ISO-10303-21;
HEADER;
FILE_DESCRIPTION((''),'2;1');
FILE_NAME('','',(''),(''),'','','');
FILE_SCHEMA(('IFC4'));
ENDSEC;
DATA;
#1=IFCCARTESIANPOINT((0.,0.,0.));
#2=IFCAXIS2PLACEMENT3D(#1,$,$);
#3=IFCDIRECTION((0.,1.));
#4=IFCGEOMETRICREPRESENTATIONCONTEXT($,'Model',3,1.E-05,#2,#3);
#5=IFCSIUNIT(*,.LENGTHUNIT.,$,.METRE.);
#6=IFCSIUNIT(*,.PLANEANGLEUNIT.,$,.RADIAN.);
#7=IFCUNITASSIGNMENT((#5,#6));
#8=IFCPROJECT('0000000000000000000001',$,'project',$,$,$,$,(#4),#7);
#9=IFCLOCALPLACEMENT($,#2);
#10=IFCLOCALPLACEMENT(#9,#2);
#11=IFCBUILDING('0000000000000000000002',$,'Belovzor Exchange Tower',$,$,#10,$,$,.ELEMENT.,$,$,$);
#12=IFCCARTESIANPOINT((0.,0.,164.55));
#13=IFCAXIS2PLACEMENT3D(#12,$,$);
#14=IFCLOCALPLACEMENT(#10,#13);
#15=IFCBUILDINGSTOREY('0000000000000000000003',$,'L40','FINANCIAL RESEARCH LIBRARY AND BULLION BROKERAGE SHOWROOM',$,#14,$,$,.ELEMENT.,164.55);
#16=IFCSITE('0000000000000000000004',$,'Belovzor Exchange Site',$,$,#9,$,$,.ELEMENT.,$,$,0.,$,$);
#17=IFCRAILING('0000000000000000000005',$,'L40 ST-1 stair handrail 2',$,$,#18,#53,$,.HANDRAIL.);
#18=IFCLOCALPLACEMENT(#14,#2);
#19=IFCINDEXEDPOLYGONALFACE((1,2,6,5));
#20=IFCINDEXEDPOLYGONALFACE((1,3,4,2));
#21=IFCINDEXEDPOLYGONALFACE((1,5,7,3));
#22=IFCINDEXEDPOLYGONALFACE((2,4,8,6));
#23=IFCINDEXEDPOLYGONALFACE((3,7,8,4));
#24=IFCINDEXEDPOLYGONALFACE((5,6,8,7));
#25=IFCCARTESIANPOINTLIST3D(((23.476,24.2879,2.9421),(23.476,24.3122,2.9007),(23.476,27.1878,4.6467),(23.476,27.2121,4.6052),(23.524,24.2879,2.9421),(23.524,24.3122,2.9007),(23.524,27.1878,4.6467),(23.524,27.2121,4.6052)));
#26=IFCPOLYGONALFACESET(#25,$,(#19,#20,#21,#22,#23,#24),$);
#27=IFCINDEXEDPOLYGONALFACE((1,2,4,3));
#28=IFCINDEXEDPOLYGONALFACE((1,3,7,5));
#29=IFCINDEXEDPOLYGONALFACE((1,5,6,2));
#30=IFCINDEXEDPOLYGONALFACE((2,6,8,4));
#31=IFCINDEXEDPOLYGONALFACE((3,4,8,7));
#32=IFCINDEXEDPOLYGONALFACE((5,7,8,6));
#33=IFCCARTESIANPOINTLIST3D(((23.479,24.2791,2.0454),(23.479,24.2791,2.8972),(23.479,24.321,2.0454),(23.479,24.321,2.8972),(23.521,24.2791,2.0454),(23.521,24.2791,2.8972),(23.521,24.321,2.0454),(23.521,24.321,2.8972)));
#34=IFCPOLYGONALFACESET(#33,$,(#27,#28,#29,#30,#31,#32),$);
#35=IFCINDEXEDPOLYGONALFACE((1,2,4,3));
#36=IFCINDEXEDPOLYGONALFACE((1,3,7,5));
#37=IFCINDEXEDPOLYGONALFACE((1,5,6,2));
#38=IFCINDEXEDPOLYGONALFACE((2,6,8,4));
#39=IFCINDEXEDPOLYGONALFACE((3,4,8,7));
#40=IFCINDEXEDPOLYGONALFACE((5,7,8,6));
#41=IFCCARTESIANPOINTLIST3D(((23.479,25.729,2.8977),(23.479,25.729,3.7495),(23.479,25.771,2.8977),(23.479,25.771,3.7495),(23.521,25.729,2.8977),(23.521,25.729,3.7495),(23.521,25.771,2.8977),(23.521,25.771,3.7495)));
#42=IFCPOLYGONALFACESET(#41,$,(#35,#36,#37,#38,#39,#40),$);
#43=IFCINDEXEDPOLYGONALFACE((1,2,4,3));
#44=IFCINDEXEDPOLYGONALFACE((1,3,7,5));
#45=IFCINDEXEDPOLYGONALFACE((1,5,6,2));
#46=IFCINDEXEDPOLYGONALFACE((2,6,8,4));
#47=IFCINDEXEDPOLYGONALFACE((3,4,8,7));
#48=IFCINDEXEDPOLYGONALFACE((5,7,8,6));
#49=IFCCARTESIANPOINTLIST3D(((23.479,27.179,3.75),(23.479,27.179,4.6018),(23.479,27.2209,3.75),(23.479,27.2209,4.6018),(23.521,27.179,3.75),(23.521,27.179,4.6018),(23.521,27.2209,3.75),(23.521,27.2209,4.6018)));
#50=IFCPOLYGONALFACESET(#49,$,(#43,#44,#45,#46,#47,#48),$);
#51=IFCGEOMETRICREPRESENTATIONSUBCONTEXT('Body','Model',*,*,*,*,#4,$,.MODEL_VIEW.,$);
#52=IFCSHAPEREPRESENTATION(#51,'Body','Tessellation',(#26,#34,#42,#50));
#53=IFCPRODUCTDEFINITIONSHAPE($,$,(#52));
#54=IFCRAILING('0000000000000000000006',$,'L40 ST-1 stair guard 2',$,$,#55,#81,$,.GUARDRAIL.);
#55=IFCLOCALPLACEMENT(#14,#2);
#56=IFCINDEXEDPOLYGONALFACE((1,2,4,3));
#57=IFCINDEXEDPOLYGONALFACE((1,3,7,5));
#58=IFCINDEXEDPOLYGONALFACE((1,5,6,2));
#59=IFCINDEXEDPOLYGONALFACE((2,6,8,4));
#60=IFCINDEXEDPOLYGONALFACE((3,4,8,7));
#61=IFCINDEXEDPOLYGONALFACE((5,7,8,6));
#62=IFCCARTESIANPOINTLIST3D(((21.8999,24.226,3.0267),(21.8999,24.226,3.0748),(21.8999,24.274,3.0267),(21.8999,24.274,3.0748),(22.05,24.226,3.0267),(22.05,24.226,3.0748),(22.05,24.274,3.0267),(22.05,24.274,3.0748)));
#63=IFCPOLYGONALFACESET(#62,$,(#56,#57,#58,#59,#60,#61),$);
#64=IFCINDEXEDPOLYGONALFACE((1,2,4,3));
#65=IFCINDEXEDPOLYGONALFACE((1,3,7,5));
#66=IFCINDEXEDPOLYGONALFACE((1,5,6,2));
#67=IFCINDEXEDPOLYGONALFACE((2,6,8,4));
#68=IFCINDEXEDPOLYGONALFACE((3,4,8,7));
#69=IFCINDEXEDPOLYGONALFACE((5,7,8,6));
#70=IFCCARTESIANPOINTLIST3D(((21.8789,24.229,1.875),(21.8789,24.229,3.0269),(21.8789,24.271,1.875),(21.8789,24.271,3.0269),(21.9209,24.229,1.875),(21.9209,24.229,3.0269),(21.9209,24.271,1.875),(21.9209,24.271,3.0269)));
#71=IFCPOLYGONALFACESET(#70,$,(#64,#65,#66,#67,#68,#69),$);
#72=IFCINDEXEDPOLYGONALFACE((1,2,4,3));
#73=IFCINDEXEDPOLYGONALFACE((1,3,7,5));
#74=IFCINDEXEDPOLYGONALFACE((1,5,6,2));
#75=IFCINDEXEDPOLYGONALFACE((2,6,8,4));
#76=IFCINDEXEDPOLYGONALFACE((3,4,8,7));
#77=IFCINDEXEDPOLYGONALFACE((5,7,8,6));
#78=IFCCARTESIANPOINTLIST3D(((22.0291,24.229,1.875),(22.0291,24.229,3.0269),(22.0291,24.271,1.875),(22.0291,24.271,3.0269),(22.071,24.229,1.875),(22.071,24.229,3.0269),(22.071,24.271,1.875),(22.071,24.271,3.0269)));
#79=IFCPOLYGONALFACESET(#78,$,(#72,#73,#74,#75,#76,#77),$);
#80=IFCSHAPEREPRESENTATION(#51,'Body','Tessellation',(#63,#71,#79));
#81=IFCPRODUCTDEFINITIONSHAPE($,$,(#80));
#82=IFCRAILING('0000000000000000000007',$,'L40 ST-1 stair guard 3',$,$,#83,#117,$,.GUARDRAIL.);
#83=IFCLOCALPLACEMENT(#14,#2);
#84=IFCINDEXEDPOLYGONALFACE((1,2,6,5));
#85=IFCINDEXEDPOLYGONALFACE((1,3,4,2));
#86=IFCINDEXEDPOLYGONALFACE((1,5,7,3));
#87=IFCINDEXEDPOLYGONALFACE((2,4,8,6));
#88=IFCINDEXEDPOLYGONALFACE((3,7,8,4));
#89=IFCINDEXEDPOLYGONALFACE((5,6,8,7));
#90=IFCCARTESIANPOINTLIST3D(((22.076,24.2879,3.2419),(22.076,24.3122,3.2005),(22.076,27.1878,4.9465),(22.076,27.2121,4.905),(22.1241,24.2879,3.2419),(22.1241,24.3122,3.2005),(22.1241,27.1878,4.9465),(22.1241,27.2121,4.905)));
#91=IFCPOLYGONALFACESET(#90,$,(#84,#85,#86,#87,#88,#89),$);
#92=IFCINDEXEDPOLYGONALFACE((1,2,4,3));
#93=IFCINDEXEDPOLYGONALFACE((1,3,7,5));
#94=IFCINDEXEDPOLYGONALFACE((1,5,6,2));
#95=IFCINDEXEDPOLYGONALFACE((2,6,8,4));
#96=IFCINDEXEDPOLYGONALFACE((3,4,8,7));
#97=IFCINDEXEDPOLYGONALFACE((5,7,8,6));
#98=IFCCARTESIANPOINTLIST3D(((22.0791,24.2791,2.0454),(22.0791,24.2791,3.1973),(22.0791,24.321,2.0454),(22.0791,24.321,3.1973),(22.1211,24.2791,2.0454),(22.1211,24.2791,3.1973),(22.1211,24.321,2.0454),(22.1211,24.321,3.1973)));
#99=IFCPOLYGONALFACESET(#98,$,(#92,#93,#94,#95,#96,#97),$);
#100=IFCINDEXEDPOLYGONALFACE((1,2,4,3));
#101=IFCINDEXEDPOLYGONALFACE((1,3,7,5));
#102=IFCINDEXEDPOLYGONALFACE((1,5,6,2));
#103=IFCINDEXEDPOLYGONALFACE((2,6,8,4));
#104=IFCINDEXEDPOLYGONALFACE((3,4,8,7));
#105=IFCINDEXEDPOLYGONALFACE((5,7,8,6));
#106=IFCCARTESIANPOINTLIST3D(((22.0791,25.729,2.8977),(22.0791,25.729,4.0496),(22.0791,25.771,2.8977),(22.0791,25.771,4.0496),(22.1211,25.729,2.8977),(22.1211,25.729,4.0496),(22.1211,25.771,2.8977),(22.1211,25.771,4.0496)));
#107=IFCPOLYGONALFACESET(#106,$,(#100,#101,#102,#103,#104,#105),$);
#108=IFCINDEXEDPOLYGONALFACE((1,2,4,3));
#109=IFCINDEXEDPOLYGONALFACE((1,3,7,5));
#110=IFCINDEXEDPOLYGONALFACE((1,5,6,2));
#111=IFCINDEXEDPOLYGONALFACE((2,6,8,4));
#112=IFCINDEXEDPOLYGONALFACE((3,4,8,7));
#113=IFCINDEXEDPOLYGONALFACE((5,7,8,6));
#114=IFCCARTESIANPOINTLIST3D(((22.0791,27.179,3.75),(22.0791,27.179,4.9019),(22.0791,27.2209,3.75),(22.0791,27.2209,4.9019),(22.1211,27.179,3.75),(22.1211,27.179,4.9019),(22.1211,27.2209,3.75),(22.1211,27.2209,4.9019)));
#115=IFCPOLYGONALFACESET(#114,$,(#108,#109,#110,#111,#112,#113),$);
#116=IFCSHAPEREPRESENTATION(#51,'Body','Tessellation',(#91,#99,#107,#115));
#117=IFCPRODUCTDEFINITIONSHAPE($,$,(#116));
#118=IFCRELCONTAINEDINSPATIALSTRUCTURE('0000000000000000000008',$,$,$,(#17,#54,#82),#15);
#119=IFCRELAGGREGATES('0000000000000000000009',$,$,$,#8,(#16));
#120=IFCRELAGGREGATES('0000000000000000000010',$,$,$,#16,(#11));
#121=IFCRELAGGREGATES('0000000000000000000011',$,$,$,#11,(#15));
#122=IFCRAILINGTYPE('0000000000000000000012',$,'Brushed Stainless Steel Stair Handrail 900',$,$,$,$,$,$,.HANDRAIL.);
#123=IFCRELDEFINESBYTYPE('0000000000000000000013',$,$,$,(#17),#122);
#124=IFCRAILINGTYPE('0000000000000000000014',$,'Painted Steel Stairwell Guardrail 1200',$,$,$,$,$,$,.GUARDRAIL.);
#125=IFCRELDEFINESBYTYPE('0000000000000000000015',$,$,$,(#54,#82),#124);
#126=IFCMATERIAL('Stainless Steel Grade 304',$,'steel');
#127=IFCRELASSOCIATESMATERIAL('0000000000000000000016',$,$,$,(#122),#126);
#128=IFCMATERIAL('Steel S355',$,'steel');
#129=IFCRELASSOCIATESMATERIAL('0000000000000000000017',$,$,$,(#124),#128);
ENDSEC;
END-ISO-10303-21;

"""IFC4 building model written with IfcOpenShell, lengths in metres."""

from ifc_helpers import new_model, si_unit, direction, frame, origin, origin_2d, place, context, subcontext, project, spatial, rectangle, extrude, material, type_object, element, save


model = new_model("IFC4")

# Units and contexts
model_context = context("Model", 3, precision=1e-05, world=origin(), true_north=direction((0.0, 1.0)))
body_context = subcontext(model_context, "Body", "Model", "MODEL_VIEW")
ifc_project = project(units=[si_unit("LENGTHUNIT", "METRE"), si_unit("PLANEANGLEUNIT", "RADIAN")], contexts=[model_context])

# Site, building, storey
site_placement = place(None, origin())
site = spatial("IfcSite", under=ifc_project, at=site_placement, Name="Belovzor Exchange Site", CompositionType="ELEMENT", RefElevation=0.0)
building_placement = place(site_placement, origin())
building = spatial("IfcBuilding", under=site, at=building_placement, Name="Belovzor Exchange Tower", CompositionType="ELEMENT")
storey_placement = place(building_placement, frame((0.0, 0.0, 164.55)))
storey = spatial("IfcBuildingStorey", under=building, at=storey_placement, Name="L40", Description="FINANCIAL RESEARCH LIBRARY AND BULLION BROKERAGE SHOWROOM", CompositionType="ELEMENT", Elevation=164.55)

# Railings
ifc_material_1 = material(Name="Stainless Steel Grade 304", Category="steel")
railing_type_1 = type_object("IfcRailingType", Name="Brushed Stainless Steel Stair Handrail 900", PredefinedType="HANDRAIL", material=ifc_material_1)
railing_1_placement = place(storey_placement, frame((23.5, 24.3, 2.0454)))
element("IfcRailing", 1, at=railing_1_placement, inside=storey, type_object=railing_type_1, Name="L40 ST-1 stair handrail 2", PredefinedType="HANDRAIL", context=body_context, shape_type="SweptSolid", body=[
    extrude(rectangle(XDim=0.0481, YDim=0.0481, at=origin_2d()), frame((0.0, 0.0, 0.876), z_axis=(0.0, 0.862095, 0.506747), x_axis=(-1.0, 0.0, 0.0)), (0.0, 0.0, 1.0), 3.3638),
    extrude(rectangle(XDim=0.042, YDim=0.042, at=origin_2d()), origin(), (0.0, 0.0, 1.0), 0.8518),
    extrude(rectangle(XDim=0.042, YDim=0.042, at=origin_2d()), frame((0.0, 1.45, 0.8523)), (0.0, 0.0, 1.0), 0.8518),
    extrude(rectangle(XDim=0.042, YDim=0.042, at=origin_2d()), frame((0.0, 2.8999, 1.7046)), (0.0, 0.0, 1.0), 0.8518),
])
ifc_material_2 = material(Name="Steel S355", Category="steel")
railing_type_2 = type_object("IfcRailingType", Name="Painted Steel Stairwell Guardrail 1200", PredefinedType="GUARDRAIL", material=ifc_material_2)
railing_2_placement = place(storey_placement, frame((21.8999, 24.25, 1.875)))
element("IfcRailing", 2, at=railing_2_placement, inside=storey, type_object=railing_type_2, Name="L40 ST-1 stair guard 2", PredefinedType="GUARDRAIL", context=body_context, shape_type="SweptSolid", body=[
    extrude(rectangle(XDim=0.0481, YDim=0.0481, at=origin_2d()), frame((0.0, 0.0, 1.1758), z_axis=(1.0, 0.0, 0.0), x_axis=(0.0, 1.0, 0.0)), (0.0, 0.0, 1.0), 0.1501),
    extrude(rectangle(XDim=0.042, YDim=0.042, at=origin_2d()), origin(), (0.0, 0.0, 1.0), 1.1519),
    extrude(rectangle(XDim=0.042, YDim=0.042, at=origin_2d()), frame((0.1501, 0.0, 0.0)), (0.0, 0.0, 1.0), 1.1519),
])
railing_3_placement = place(storey_placement, frame((22.1001, 24.3, 2.0454)))
element("IfcRailing", 3, at=railing_3_placement, inside=storey, type_object=railing_type_2, Name="L40 ST-1 stair guard 3", PredefinedType="GUARDRAIL", context=body_context, shape_type="SweptSolid", body=[
    extrude(rectangle(XDim=0.0481, YDim=0.0481, at=origin_2d()), frame((0.0, 0.0, 1.1758), z_axis=(0.0, 0.862095, 0.506747), x_axis=(-1.0, 0.0, 0.0)), (0.0, 0.0, 1.0), 3.3638),
    extrude(rectangle(XDim=0.042, YDim=0.042, at=origin_2d()), origin(), (0.0, 0.0, 1.0), 1.1519),
    extrude(rectangle(XDim=0.042, YDim=0.042, at=origin_2d()), frame((0.0, 1.45, 0.8523)), (0.0, 0.0, 1.0), 1.1519),
    extrude(rectangle(XDim=0.042, YDim=0.042, at=origin_2d()), frame((0.0, 2.8999, 1.7046)), (0.0, 0.0, 1.0), 1.1519),
])

save(model, "model.ifc")
